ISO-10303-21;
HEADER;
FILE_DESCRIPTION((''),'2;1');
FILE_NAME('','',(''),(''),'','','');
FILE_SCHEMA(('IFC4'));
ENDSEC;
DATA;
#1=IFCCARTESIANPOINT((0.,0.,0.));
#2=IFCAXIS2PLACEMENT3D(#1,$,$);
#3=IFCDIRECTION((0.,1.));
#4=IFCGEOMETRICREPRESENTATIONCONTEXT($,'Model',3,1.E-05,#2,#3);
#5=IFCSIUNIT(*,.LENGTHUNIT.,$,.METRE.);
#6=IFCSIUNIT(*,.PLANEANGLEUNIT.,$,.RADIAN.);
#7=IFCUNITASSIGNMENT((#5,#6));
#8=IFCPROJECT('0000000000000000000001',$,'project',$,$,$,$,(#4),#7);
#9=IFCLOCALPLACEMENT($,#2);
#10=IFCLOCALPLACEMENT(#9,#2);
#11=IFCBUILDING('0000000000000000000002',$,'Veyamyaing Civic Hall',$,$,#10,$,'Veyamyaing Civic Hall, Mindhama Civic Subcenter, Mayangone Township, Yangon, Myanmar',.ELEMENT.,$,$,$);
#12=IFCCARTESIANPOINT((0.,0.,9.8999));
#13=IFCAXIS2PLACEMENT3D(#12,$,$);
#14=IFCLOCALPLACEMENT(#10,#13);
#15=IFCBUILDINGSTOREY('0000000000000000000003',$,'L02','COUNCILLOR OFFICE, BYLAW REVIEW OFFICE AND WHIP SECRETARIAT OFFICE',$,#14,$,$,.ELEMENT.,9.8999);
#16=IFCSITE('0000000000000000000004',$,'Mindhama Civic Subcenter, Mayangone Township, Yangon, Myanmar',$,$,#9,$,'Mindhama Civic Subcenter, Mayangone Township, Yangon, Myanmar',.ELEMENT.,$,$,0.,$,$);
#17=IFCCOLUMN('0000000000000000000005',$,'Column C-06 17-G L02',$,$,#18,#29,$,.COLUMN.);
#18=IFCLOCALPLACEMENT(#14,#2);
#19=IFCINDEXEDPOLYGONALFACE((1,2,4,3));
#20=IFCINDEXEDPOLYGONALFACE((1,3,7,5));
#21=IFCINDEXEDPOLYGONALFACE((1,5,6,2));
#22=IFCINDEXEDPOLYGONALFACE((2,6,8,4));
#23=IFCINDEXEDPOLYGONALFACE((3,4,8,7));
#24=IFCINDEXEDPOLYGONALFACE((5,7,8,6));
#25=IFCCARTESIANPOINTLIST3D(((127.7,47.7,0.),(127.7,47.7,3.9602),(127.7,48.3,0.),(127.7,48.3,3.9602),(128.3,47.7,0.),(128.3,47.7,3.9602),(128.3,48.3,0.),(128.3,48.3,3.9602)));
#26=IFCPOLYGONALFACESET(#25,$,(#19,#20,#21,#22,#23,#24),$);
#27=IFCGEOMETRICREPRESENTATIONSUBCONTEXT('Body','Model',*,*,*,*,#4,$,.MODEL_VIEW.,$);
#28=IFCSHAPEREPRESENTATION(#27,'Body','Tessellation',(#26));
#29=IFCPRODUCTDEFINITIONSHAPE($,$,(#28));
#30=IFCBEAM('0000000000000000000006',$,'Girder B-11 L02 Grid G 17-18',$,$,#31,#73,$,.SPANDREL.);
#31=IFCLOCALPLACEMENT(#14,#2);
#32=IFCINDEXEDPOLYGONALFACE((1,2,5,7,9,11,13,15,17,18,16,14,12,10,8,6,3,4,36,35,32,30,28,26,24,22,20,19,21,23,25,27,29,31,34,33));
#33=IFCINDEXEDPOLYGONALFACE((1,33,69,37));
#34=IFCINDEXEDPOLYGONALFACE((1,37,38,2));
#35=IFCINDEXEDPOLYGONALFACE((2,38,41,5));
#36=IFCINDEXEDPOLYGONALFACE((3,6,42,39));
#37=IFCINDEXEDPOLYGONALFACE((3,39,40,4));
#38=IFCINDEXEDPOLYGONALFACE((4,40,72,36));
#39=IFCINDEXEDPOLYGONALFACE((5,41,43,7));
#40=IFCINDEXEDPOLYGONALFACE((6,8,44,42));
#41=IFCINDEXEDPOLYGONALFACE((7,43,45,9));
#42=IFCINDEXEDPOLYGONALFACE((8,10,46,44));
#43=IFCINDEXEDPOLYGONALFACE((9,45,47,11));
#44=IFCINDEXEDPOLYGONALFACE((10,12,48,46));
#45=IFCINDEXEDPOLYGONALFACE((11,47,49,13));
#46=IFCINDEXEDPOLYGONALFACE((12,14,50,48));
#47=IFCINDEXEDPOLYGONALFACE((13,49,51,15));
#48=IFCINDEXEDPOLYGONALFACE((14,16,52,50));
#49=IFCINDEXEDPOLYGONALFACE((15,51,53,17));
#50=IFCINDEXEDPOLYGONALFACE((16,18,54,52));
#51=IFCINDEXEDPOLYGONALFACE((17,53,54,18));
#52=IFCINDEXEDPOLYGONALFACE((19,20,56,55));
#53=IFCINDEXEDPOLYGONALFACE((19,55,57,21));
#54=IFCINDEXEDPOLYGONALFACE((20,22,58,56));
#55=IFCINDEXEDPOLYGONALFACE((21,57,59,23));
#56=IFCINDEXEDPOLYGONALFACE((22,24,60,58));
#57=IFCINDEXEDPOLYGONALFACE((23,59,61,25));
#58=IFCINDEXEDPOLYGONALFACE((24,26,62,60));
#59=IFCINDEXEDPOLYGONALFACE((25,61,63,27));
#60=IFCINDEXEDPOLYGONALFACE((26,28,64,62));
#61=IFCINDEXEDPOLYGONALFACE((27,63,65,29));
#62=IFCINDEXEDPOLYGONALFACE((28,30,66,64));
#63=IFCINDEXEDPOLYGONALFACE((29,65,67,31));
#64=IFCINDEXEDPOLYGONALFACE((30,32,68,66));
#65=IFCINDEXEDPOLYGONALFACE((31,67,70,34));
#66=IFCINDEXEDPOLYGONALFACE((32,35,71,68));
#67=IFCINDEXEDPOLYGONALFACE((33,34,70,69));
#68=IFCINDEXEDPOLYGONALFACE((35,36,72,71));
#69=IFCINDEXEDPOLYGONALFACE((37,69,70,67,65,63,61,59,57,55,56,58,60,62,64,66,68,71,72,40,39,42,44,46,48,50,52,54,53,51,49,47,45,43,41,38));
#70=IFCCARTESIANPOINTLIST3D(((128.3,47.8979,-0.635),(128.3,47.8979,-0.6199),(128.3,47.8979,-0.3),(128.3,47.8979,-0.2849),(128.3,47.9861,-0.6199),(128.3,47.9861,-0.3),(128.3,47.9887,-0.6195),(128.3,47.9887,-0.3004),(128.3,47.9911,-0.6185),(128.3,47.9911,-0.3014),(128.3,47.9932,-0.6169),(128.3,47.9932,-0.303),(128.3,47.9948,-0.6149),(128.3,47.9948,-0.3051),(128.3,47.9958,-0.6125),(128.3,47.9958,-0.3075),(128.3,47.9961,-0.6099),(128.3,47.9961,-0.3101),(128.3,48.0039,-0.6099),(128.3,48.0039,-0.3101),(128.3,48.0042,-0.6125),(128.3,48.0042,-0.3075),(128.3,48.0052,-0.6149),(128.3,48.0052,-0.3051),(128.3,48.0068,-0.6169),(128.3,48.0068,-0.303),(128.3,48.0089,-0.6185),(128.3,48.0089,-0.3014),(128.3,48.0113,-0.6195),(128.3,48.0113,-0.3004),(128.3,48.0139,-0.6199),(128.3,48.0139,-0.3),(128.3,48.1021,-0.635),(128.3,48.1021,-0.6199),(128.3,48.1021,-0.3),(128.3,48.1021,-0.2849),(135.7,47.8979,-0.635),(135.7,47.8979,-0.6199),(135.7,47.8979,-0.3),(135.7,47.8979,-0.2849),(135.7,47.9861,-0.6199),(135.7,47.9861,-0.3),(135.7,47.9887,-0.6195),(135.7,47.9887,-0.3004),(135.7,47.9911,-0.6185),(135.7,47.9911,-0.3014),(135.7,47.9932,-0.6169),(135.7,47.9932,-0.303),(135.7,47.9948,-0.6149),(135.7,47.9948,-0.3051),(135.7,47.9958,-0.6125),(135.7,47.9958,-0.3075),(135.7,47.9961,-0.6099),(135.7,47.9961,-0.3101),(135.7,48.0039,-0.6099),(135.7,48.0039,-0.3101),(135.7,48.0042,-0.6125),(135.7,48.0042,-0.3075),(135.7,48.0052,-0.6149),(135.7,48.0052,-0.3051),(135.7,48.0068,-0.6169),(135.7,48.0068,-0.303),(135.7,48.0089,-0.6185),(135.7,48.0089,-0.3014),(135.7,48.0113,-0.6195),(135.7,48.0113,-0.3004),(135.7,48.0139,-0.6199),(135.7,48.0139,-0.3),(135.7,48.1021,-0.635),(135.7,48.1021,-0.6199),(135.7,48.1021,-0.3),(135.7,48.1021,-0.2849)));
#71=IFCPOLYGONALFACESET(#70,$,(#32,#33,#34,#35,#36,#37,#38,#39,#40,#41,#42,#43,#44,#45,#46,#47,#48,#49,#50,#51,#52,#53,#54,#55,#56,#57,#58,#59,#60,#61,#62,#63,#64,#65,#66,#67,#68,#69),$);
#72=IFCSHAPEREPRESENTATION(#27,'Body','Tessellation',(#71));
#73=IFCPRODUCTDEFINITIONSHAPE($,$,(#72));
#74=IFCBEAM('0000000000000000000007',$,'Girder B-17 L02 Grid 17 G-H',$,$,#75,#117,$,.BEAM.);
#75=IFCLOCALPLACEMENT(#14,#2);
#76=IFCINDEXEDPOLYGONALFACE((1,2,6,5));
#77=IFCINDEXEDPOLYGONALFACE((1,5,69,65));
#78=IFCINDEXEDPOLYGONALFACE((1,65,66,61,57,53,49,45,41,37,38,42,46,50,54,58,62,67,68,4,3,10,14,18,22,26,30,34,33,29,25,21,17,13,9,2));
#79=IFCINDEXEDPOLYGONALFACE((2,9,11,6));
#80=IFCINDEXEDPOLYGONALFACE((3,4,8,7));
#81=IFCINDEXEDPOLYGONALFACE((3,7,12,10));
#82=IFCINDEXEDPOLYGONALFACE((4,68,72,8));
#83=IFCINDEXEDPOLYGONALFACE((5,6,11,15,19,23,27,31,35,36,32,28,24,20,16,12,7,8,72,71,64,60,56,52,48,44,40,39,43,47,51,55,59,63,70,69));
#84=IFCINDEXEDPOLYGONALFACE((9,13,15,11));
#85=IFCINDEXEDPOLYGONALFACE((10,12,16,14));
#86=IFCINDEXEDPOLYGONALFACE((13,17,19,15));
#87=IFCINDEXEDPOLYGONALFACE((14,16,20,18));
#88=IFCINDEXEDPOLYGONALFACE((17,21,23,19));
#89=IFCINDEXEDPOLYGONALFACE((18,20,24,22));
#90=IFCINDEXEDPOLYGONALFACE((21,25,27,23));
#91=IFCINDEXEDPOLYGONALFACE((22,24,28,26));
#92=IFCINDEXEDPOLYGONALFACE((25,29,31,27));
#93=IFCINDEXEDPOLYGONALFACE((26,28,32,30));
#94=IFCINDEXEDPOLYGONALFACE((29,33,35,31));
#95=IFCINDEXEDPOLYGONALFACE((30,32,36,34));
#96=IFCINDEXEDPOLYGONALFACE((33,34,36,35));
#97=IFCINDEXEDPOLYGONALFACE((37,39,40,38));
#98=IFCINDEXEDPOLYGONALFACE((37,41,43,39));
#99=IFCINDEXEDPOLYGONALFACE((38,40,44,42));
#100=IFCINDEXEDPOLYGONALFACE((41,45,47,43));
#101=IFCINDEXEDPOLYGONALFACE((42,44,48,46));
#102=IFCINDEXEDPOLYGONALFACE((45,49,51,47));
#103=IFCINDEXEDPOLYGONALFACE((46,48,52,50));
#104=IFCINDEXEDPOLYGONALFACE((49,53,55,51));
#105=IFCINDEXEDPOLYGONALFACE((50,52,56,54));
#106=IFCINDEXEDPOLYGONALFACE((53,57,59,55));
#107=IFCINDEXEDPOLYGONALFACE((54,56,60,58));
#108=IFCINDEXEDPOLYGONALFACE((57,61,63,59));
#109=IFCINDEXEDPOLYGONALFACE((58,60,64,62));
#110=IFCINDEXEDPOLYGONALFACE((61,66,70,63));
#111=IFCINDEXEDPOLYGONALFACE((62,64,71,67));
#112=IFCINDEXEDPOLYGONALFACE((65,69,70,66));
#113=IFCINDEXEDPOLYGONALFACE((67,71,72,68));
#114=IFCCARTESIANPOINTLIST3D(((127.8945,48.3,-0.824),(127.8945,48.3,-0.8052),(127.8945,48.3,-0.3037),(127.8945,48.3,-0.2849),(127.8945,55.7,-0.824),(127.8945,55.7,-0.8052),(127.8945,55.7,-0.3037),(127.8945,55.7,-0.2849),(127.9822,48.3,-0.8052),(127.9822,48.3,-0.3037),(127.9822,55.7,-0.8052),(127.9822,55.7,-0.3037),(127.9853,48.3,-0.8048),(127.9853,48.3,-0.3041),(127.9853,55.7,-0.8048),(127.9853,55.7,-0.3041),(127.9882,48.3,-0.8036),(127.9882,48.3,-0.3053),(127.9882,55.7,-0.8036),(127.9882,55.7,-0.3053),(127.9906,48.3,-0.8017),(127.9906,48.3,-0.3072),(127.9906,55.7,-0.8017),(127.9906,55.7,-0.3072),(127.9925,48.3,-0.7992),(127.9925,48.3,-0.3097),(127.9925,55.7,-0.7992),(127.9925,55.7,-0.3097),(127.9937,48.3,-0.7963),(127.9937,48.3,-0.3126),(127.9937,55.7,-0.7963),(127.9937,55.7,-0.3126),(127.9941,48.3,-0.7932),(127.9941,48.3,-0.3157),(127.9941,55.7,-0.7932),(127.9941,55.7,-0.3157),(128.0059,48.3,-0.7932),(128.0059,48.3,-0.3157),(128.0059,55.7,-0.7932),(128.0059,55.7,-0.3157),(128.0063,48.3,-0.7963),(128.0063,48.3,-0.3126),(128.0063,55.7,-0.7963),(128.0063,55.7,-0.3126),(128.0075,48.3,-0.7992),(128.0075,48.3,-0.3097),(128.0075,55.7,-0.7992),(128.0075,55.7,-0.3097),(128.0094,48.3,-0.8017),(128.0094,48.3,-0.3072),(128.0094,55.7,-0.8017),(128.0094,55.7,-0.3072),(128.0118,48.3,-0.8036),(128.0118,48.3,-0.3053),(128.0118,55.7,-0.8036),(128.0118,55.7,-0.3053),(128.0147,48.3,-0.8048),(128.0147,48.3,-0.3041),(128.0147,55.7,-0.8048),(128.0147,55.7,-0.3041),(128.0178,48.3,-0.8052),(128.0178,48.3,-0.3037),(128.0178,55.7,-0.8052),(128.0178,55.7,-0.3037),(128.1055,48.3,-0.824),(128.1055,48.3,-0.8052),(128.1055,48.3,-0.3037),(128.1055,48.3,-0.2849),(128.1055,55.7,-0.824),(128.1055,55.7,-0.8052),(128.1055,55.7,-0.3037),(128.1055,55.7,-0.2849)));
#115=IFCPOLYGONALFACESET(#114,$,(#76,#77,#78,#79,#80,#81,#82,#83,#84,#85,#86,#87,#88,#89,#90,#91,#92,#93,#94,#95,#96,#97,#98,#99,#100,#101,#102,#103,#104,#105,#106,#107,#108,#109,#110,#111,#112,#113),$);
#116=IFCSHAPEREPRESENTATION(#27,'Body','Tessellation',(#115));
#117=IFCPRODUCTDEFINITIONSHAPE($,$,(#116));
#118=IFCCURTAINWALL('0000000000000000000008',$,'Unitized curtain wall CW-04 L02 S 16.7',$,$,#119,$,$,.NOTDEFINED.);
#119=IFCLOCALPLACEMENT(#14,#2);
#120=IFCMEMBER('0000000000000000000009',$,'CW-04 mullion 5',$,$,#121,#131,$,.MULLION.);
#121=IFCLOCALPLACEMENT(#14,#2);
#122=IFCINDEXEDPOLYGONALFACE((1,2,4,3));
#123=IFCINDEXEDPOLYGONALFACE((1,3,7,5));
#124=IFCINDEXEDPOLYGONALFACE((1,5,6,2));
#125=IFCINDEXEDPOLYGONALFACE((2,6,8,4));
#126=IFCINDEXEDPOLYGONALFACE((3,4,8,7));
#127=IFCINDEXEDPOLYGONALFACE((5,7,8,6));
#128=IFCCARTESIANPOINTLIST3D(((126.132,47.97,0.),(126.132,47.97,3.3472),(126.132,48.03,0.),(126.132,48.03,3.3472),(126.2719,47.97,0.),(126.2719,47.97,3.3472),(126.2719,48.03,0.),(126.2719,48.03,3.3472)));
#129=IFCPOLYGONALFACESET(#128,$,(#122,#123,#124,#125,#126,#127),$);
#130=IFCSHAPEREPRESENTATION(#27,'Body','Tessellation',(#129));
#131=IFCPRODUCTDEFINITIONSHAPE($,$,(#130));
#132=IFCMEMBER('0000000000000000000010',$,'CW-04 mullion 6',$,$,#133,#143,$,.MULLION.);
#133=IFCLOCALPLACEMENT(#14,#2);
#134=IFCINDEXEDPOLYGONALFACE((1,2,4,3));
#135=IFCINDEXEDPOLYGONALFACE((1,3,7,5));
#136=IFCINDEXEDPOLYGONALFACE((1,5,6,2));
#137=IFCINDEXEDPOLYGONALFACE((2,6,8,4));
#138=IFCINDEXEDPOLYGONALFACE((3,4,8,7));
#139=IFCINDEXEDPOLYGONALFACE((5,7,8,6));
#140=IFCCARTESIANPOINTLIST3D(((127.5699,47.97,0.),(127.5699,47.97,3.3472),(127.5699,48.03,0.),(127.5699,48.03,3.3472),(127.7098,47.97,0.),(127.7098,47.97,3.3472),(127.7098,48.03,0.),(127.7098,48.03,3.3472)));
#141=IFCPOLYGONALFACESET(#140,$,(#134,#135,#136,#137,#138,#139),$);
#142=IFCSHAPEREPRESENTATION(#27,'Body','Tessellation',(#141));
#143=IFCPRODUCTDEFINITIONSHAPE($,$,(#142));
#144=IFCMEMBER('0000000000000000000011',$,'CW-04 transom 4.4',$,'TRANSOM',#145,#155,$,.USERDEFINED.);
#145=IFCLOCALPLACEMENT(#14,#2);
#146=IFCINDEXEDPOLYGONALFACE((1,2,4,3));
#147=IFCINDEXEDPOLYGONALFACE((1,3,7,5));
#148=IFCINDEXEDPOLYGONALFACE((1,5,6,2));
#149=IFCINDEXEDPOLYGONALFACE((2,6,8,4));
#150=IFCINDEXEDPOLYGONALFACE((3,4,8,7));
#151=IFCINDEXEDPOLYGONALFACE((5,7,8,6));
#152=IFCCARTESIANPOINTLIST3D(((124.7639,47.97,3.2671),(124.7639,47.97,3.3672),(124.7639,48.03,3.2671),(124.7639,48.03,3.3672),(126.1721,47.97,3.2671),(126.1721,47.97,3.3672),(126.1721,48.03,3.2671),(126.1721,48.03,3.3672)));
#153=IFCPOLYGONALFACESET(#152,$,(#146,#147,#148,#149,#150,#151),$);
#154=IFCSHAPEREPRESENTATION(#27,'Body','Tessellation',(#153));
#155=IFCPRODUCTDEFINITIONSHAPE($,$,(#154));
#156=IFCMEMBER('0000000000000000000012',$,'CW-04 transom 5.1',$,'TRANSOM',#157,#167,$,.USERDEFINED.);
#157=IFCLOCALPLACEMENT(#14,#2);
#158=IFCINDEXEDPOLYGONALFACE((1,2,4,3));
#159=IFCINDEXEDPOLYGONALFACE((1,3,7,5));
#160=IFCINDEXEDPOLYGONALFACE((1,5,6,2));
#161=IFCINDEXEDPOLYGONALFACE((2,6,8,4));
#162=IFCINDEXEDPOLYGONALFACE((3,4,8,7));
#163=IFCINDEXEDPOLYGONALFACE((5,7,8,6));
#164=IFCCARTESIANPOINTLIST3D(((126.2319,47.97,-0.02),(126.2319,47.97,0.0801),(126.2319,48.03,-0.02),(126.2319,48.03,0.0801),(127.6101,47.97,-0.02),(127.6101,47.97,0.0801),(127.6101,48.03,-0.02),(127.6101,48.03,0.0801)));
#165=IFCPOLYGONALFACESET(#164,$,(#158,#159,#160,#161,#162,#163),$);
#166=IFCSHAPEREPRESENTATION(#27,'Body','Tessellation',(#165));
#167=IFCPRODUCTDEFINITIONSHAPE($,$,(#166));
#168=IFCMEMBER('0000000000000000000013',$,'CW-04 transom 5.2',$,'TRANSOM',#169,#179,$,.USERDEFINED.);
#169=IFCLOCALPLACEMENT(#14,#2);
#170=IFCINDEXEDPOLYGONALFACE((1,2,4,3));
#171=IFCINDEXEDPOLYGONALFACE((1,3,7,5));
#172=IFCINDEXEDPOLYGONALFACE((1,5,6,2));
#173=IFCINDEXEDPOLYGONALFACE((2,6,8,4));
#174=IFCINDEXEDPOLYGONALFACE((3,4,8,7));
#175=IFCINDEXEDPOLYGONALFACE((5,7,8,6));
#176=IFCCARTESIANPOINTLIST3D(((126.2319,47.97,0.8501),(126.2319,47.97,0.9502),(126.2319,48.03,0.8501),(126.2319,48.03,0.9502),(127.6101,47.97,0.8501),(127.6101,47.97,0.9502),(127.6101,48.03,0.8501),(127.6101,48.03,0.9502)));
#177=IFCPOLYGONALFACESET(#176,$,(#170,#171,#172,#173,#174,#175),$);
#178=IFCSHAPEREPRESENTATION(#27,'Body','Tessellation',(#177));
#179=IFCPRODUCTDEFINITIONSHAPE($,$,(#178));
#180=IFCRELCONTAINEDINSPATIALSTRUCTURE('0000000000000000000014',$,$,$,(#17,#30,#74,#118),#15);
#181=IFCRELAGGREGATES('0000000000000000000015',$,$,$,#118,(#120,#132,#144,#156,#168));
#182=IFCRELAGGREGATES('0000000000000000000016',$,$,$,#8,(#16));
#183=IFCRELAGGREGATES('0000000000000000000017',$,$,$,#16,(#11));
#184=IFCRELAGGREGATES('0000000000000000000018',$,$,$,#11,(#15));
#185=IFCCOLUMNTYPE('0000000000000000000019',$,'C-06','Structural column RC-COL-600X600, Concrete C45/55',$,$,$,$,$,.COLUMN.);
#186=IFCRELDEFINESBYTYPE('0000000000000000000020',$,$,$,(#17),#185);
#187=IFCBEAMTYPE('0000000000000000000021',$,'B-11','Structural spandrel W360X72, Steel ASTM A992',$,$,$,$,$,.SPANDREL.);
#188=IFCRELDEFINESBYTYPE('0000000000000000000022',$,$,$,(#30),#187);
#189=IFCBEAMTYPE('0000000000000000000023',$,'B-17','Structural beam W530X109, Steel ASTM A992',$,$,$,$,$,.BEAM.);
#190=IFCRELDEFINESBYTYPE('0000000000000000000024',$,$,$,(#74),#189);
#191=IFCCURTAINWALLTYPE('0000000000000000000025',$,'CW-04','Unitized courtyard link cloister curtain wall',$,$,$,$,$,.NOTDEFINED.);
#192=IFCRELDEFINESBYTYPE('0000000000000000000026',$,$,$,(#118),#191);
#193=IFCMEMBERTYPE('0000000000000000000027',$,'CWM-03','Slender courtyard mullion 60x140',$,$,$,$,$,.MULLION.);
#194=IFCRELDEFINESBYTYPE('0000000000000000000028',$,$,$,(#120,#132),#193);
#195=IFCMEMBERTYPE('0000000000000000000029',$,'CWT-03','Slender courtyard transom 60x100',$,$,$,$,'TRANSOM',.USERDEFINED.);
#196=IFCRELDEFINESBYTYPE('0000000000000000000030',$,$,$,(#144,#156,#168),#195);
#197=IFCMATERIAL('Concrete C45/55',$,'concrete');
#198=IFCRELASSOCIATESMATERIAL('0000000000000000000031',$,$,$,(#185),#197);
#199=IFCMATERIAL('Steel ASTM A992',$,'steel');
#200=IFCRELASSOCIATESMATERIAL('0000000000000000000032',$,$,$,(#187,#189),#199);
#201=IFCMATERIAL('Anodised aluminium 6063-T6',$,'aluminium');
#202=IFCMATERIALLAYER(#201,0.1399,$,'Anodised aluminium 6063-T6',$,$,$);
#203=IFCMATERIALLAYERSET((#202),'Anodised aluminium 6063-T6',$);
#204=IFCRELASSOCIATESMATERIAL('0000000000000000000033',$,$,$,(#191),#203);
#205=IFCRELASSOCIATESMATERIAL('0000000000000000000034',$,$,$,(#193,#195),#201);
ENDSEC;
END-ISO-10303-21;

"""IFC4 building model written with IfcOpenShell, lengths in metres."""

from ifc_helpers import new_model, si_unit, direction, frame, origin, origin_2d, place, context, subcontext, project, spatial, rectangle, i_section, extrude, material, layer, layer_set, material_profile, profile_set, type_object, element, aggregate, save


model = new_model("IFC4")

# Units and contexts
model_context = context("Model", 3, precision=1e-05, world=origin(), true_north=direction((0.0, 1.0)))
body_context = subcontext(model_context, "Body", "Model", "MODEL_VIEW")
ifc_project = project(units=[si_unit("LENGTHUNIT", "METRE"), si_unit("PLANEANGLEUNIT", "RADIAN")], contexts=[model_context])

# Site, building, storey
site_placement = place(None, origin())
site = spatial("IfcSite", under=ifc_project, at=site_placement, Name="Mindhama Civic Subcenter, Mayangone Township, Yangon, Myanmar", LongName="Mindhama Civic Subcenter, Mayangone Township, Yangon, Myanmar", CompositionType="ELEMENT", RefElevation=0.0)
building_placement = place(site_placement, origin())
building = spatial("IfcBuilding", under=site, at=building_placement, Name="Veyamyaing Civic Hall", LongName="Veyamyaing Civic Hall, Mindhama Civic Subcenter, Mayangone Township, Yangon, Myanmar", CompositionType="ELEMENT")
storey_placement = place(building_placement, frame((0.0, 0.0, 9.8999)))
storey = spatial("IfcBuildingStorey", under=building, at=storey_placement, Name="L02", Description="COUNCILLOR OFFICE, BYLAW REVIEW OFFICE AND WHIP SECRETARIAT OFFICE", CompositionType="ELEMENT", Elevation=9.8999)

# Column
ifc_material_1 = material(Name="Concrete C45/55", Category="concrete")
ifc_material_profile_1 = material_profile(ifc_material_1, rectangle(XDim=0.6001, YDim=0.6001, at=origin_2d()), Name="RC-COL-600X600")
ifc_profile_set_1 = profile_set([ifc_material_profile_1], Name="Concrete C45/55")
column_type = type_object("IfcColumnType", Name="C-06", Description="Structural column RC-COL-600X600, Concrete C45/55", PredefinedType="COLUMN", material=ifc_profile_set_1)
column_placement = place(storey_placement, frame((128.0, 48.0, 0.0), z_axis=(0.0, 0.0, 1.0), x_axis=(1.0, 0.0, 0.0)))
element("IfcColumn", 1, at=column_placement, inside=storey, type_object=column_type, Name="Column C-06 17-G L02", PredefinedType="COLUMN", context=body_context, shape_type="SweptSolid", body=[
    extrude(rectangle(XDim=0.6001, YDim=0.6001, at=origin_2d()), origin(), (0.0, 0.0, 1.0), 3.9602),
])

# Beams
ifc_material_2 = material(Name="Steel ASTM A992", Category="steel")
ifc_material_profile_2 = material_profile(ifc_material_2, i_section(OverallWidth=0.2041, OverallDepth=0.3501, WebThickness=0.0078, FlangeThickness=0.0151, FilletRadius=0.01, at=origin_2d()), Name="W360X72")
ifc_profile_set_2 = profile_set([ifc_material_profile_2], Name="Steel ASTM A992")
beam_type_1 = type_object("IfcBeamType", Name="B-11", Description="Structural spandrel W360X72, Steel ASTM A992", PredefinedType="SPANDREL", material=ifc_profile_set_2)
beam_1_placement = place(storey_placement, frame((128.3, 48.0, -0.46), z_axis=(1.0, 0.0, 0.0), x_axis=(0.0, 1.0, 0.0)))
element("IfcBeam", 2, at=beam_1_placement, inside=storey, type_object=beam_type_1, Name="Girder B-11 L02 Grid G 17-18", PredefinedType="SPANDREL", context=body_context, shape_type="SweptSolid", body=[
    extrude(i_section(OverallWidth=0.2041, OverallDepth=0.3501, WebThickness=0.0078, FlangeThickness=0.0151, FilletRadius=0.01, at=origin_2d()), origin(), (0.0, 0.0, 1.0), 7.3999),
])
ifc_material_profile_3 = material_profile(ifc_material_2, i_section(OverallWidth=0.2109, OverallDepth=0.5391, WebThickness=0.0117, FlangeThickness=0.0188, FilletRadius=0.012, at=origin_2d()), Name="W530X109")
ifc_profile_set_3 = profile_set([ifc_material_profile_3], Name="Steel ASTM A992")
beam_type_2 = type_object("IfcBeamType", Name="B-17", Description="Structural beam W530X109, Steel ASTM A992", PredefinedType="BEAM", material=ifc_profile_set_3)
beam_2_placement = place(storey_placement, frame((128.0, 48.3, -0.5544), z_axis=(0.0, 1.0, 0.0), x_axis=(-1.0, 0.0, 0.0)))
element("IfcBeam", 3, at=beam_2_placement, inside=storey, type_object=beam_type_2, Name="Girder B-17 L02 Grid 17 G-H", PredefinedType="BEAM", context=body_context, shape_type="SweptSolid", body=[
    extrude(i_section(OverallWidth=0.2109, OverallDepth=0.5391, WebThickness=0.0117, FlangeThickness=0.0188, FilletRadius=0.012, at=origin_2d()), origin(), (0.0, 0.0, 1.0), 7.3999),
])

# Curtain wall, members
ifc_material_3 = material(Name="Anodised aluminium 6063-T6", Category="aluminium")
ifc_layer_1 = layer(ifc_material_3, 0.1399, Name="Anodised aluminium 6063-T6")
ifc_layer_set_1 = layer_set([ifc_layer_1], Name="Anodised aluminium 6063-T6")
curtain_wall_type = type_object("IfcCurtainWallType", Name="CW-04", Description="Unitized courtyard link cloister curtain wall", PredefinedType="NOTDEFINED", material=ifc_layer_set_1)
curtain_wall_placement = place(storey_placement, origin())
curtain_wall = element("IfcCurtainWall", 4, at=curtain_wall_placement, inside=storey, type_object=curtain_wall_type, Name="Unitized curtain wall CW-04 L02 S 16.7", PredefinedType="NOTDEFINED")
ifc_material_profile_4 = material_profile(ifc_material_3, rectangle(XDim=0.0601, YDim=0.1399, at=origin_2d()), Name="ALU-MUL-60X140")
ifc_profile_set_4 = profile_set([ifc_material_profile_4], Name="Anodised aluminium 6063-T6")
member_type_1 = type_object("IfcMemberType", Name="CWM-03", Description="Slender courtyard mullion 60x140", PredefinedType="MULLION", material=ifc_profile_set_4)
member_1_placement = place(storey_placement, frame((126.2019, 48.0, 0.0), z_axis=(0.0, 0.0, 1.0), x_axis=(0.0, 1.0, 0.0)))
member_1 = element("IfcMember", 5, at=member_1_placement, type_object=member_type_1, Name="CW-04 mullion 5", PredefinedType="MULLION", context=body_context, shape_type="SweptSolid", body=[
    extrude(rectangle(XDim=0.0601, YDim=0.1399, at=origin_2d()), origin(), (0.0, 0.0, 1.0), 3.3472),
])
member_2_placement = place(storey_placement, frame((127.6399, 48.0, 0.0), z_axis=(0.0, 0.0, 1.0), x_axis=(0.0, 1.0, 0.0)))
member_2 = element("IfcMember", 6, at=member_2_placement, type_object=member_type_1, Name="CW-04 mullion 6", PredefinedType="MULLION", context=body_context, shape_type="SweptSolid", body=[
    extrude(rectangle(XDim=0.0601, YDim=0.1399, at=origin_2d()), origin(), (0.0, 0.0, 1.0), 3.3472),
])
ifc_material_profile_5 = material_profile(ifc_material_3, rectangle(XDim=0.0601, YDim=0.1001, at=origin_2d()), Name="ALU-TRN-60X100")
ifc_profile_set_5 = profile_set([ifc_material_profile_5], Name="Anodised aluminium 6063-T6")
member_type_2 = type_object("IfcMemberType", Name="CWT-03", Description="Slender courtyard transom 60x100", ElementType="TRANSOM", PredefinedType="USERDEFINED", material=ifc_profile_set_5)
member_3_placement = place(storey_placement, frame((124.7639, 48.0, 3.3171), z_axis=(1.0, 0.0, 0.0), x_axis=(0.0, 1.0, 0.0)))
member_3 = element("IfcMember", 7, at=member_3_placement, type_object=member_type_2, Name="CW-04 transom 4.4", ObjectType="TRANSOM", PredefinedType="USERDEFINED", context=body_context, shape_type="SweptSolid", body=[
    extrude(rectangle(XDim=0.0601, YDim=0.1001, at=origin_2d()), origin(), (0.0, 0.0, 1.0), 1.4082),
])
member_4_placement = place(storey_placement, frame((126.2319, 48.0, 0.03), z_axis=(1.0, 0.0, 0.0), x_axis=(0.0, 1.0, 0.0)))
member_4 = element("IfcMember", 8, at=member_4_placement, type_object=member_type_2, Name="CW-04 transom 5.1", ObjectType="TRANSOM", PredefinedType="USERDEFINED", context=body_context, shape_type="SweptSolid", body=[
    extrude(rectangle(XDim=0.0601, YDim=0.1001, at=origin_2d()), origin(), (0.0, 0.0, 1.0), 1.3782),
])
member_5_placement = place(storey_placement, frame((126.2319, 48.0, 0.9001), z_axis=(1.0, 0.0, 0.0), x_axis=(0.0, 1.0, 0.0)))
member_5 = element("IfcMember", 9, at=member_5_placement, type_object=member_type_2, Name="CW-04 transom 5.2", ObjectType="TRANSOM", PredefinedType="USERDEFINED", context=body_context, shape_type="SweptSolid", body=[
    extrude(rectangle(XDim=0.0601, YDim=0.1001, at=origin_2d()), origin(), (0.0, 0.0, 1.0), 1.3782),
])

aggregate(curtain_wall, [member_1, member_2, member_3, member_4, member_5])

save(model, "model.ifc")
